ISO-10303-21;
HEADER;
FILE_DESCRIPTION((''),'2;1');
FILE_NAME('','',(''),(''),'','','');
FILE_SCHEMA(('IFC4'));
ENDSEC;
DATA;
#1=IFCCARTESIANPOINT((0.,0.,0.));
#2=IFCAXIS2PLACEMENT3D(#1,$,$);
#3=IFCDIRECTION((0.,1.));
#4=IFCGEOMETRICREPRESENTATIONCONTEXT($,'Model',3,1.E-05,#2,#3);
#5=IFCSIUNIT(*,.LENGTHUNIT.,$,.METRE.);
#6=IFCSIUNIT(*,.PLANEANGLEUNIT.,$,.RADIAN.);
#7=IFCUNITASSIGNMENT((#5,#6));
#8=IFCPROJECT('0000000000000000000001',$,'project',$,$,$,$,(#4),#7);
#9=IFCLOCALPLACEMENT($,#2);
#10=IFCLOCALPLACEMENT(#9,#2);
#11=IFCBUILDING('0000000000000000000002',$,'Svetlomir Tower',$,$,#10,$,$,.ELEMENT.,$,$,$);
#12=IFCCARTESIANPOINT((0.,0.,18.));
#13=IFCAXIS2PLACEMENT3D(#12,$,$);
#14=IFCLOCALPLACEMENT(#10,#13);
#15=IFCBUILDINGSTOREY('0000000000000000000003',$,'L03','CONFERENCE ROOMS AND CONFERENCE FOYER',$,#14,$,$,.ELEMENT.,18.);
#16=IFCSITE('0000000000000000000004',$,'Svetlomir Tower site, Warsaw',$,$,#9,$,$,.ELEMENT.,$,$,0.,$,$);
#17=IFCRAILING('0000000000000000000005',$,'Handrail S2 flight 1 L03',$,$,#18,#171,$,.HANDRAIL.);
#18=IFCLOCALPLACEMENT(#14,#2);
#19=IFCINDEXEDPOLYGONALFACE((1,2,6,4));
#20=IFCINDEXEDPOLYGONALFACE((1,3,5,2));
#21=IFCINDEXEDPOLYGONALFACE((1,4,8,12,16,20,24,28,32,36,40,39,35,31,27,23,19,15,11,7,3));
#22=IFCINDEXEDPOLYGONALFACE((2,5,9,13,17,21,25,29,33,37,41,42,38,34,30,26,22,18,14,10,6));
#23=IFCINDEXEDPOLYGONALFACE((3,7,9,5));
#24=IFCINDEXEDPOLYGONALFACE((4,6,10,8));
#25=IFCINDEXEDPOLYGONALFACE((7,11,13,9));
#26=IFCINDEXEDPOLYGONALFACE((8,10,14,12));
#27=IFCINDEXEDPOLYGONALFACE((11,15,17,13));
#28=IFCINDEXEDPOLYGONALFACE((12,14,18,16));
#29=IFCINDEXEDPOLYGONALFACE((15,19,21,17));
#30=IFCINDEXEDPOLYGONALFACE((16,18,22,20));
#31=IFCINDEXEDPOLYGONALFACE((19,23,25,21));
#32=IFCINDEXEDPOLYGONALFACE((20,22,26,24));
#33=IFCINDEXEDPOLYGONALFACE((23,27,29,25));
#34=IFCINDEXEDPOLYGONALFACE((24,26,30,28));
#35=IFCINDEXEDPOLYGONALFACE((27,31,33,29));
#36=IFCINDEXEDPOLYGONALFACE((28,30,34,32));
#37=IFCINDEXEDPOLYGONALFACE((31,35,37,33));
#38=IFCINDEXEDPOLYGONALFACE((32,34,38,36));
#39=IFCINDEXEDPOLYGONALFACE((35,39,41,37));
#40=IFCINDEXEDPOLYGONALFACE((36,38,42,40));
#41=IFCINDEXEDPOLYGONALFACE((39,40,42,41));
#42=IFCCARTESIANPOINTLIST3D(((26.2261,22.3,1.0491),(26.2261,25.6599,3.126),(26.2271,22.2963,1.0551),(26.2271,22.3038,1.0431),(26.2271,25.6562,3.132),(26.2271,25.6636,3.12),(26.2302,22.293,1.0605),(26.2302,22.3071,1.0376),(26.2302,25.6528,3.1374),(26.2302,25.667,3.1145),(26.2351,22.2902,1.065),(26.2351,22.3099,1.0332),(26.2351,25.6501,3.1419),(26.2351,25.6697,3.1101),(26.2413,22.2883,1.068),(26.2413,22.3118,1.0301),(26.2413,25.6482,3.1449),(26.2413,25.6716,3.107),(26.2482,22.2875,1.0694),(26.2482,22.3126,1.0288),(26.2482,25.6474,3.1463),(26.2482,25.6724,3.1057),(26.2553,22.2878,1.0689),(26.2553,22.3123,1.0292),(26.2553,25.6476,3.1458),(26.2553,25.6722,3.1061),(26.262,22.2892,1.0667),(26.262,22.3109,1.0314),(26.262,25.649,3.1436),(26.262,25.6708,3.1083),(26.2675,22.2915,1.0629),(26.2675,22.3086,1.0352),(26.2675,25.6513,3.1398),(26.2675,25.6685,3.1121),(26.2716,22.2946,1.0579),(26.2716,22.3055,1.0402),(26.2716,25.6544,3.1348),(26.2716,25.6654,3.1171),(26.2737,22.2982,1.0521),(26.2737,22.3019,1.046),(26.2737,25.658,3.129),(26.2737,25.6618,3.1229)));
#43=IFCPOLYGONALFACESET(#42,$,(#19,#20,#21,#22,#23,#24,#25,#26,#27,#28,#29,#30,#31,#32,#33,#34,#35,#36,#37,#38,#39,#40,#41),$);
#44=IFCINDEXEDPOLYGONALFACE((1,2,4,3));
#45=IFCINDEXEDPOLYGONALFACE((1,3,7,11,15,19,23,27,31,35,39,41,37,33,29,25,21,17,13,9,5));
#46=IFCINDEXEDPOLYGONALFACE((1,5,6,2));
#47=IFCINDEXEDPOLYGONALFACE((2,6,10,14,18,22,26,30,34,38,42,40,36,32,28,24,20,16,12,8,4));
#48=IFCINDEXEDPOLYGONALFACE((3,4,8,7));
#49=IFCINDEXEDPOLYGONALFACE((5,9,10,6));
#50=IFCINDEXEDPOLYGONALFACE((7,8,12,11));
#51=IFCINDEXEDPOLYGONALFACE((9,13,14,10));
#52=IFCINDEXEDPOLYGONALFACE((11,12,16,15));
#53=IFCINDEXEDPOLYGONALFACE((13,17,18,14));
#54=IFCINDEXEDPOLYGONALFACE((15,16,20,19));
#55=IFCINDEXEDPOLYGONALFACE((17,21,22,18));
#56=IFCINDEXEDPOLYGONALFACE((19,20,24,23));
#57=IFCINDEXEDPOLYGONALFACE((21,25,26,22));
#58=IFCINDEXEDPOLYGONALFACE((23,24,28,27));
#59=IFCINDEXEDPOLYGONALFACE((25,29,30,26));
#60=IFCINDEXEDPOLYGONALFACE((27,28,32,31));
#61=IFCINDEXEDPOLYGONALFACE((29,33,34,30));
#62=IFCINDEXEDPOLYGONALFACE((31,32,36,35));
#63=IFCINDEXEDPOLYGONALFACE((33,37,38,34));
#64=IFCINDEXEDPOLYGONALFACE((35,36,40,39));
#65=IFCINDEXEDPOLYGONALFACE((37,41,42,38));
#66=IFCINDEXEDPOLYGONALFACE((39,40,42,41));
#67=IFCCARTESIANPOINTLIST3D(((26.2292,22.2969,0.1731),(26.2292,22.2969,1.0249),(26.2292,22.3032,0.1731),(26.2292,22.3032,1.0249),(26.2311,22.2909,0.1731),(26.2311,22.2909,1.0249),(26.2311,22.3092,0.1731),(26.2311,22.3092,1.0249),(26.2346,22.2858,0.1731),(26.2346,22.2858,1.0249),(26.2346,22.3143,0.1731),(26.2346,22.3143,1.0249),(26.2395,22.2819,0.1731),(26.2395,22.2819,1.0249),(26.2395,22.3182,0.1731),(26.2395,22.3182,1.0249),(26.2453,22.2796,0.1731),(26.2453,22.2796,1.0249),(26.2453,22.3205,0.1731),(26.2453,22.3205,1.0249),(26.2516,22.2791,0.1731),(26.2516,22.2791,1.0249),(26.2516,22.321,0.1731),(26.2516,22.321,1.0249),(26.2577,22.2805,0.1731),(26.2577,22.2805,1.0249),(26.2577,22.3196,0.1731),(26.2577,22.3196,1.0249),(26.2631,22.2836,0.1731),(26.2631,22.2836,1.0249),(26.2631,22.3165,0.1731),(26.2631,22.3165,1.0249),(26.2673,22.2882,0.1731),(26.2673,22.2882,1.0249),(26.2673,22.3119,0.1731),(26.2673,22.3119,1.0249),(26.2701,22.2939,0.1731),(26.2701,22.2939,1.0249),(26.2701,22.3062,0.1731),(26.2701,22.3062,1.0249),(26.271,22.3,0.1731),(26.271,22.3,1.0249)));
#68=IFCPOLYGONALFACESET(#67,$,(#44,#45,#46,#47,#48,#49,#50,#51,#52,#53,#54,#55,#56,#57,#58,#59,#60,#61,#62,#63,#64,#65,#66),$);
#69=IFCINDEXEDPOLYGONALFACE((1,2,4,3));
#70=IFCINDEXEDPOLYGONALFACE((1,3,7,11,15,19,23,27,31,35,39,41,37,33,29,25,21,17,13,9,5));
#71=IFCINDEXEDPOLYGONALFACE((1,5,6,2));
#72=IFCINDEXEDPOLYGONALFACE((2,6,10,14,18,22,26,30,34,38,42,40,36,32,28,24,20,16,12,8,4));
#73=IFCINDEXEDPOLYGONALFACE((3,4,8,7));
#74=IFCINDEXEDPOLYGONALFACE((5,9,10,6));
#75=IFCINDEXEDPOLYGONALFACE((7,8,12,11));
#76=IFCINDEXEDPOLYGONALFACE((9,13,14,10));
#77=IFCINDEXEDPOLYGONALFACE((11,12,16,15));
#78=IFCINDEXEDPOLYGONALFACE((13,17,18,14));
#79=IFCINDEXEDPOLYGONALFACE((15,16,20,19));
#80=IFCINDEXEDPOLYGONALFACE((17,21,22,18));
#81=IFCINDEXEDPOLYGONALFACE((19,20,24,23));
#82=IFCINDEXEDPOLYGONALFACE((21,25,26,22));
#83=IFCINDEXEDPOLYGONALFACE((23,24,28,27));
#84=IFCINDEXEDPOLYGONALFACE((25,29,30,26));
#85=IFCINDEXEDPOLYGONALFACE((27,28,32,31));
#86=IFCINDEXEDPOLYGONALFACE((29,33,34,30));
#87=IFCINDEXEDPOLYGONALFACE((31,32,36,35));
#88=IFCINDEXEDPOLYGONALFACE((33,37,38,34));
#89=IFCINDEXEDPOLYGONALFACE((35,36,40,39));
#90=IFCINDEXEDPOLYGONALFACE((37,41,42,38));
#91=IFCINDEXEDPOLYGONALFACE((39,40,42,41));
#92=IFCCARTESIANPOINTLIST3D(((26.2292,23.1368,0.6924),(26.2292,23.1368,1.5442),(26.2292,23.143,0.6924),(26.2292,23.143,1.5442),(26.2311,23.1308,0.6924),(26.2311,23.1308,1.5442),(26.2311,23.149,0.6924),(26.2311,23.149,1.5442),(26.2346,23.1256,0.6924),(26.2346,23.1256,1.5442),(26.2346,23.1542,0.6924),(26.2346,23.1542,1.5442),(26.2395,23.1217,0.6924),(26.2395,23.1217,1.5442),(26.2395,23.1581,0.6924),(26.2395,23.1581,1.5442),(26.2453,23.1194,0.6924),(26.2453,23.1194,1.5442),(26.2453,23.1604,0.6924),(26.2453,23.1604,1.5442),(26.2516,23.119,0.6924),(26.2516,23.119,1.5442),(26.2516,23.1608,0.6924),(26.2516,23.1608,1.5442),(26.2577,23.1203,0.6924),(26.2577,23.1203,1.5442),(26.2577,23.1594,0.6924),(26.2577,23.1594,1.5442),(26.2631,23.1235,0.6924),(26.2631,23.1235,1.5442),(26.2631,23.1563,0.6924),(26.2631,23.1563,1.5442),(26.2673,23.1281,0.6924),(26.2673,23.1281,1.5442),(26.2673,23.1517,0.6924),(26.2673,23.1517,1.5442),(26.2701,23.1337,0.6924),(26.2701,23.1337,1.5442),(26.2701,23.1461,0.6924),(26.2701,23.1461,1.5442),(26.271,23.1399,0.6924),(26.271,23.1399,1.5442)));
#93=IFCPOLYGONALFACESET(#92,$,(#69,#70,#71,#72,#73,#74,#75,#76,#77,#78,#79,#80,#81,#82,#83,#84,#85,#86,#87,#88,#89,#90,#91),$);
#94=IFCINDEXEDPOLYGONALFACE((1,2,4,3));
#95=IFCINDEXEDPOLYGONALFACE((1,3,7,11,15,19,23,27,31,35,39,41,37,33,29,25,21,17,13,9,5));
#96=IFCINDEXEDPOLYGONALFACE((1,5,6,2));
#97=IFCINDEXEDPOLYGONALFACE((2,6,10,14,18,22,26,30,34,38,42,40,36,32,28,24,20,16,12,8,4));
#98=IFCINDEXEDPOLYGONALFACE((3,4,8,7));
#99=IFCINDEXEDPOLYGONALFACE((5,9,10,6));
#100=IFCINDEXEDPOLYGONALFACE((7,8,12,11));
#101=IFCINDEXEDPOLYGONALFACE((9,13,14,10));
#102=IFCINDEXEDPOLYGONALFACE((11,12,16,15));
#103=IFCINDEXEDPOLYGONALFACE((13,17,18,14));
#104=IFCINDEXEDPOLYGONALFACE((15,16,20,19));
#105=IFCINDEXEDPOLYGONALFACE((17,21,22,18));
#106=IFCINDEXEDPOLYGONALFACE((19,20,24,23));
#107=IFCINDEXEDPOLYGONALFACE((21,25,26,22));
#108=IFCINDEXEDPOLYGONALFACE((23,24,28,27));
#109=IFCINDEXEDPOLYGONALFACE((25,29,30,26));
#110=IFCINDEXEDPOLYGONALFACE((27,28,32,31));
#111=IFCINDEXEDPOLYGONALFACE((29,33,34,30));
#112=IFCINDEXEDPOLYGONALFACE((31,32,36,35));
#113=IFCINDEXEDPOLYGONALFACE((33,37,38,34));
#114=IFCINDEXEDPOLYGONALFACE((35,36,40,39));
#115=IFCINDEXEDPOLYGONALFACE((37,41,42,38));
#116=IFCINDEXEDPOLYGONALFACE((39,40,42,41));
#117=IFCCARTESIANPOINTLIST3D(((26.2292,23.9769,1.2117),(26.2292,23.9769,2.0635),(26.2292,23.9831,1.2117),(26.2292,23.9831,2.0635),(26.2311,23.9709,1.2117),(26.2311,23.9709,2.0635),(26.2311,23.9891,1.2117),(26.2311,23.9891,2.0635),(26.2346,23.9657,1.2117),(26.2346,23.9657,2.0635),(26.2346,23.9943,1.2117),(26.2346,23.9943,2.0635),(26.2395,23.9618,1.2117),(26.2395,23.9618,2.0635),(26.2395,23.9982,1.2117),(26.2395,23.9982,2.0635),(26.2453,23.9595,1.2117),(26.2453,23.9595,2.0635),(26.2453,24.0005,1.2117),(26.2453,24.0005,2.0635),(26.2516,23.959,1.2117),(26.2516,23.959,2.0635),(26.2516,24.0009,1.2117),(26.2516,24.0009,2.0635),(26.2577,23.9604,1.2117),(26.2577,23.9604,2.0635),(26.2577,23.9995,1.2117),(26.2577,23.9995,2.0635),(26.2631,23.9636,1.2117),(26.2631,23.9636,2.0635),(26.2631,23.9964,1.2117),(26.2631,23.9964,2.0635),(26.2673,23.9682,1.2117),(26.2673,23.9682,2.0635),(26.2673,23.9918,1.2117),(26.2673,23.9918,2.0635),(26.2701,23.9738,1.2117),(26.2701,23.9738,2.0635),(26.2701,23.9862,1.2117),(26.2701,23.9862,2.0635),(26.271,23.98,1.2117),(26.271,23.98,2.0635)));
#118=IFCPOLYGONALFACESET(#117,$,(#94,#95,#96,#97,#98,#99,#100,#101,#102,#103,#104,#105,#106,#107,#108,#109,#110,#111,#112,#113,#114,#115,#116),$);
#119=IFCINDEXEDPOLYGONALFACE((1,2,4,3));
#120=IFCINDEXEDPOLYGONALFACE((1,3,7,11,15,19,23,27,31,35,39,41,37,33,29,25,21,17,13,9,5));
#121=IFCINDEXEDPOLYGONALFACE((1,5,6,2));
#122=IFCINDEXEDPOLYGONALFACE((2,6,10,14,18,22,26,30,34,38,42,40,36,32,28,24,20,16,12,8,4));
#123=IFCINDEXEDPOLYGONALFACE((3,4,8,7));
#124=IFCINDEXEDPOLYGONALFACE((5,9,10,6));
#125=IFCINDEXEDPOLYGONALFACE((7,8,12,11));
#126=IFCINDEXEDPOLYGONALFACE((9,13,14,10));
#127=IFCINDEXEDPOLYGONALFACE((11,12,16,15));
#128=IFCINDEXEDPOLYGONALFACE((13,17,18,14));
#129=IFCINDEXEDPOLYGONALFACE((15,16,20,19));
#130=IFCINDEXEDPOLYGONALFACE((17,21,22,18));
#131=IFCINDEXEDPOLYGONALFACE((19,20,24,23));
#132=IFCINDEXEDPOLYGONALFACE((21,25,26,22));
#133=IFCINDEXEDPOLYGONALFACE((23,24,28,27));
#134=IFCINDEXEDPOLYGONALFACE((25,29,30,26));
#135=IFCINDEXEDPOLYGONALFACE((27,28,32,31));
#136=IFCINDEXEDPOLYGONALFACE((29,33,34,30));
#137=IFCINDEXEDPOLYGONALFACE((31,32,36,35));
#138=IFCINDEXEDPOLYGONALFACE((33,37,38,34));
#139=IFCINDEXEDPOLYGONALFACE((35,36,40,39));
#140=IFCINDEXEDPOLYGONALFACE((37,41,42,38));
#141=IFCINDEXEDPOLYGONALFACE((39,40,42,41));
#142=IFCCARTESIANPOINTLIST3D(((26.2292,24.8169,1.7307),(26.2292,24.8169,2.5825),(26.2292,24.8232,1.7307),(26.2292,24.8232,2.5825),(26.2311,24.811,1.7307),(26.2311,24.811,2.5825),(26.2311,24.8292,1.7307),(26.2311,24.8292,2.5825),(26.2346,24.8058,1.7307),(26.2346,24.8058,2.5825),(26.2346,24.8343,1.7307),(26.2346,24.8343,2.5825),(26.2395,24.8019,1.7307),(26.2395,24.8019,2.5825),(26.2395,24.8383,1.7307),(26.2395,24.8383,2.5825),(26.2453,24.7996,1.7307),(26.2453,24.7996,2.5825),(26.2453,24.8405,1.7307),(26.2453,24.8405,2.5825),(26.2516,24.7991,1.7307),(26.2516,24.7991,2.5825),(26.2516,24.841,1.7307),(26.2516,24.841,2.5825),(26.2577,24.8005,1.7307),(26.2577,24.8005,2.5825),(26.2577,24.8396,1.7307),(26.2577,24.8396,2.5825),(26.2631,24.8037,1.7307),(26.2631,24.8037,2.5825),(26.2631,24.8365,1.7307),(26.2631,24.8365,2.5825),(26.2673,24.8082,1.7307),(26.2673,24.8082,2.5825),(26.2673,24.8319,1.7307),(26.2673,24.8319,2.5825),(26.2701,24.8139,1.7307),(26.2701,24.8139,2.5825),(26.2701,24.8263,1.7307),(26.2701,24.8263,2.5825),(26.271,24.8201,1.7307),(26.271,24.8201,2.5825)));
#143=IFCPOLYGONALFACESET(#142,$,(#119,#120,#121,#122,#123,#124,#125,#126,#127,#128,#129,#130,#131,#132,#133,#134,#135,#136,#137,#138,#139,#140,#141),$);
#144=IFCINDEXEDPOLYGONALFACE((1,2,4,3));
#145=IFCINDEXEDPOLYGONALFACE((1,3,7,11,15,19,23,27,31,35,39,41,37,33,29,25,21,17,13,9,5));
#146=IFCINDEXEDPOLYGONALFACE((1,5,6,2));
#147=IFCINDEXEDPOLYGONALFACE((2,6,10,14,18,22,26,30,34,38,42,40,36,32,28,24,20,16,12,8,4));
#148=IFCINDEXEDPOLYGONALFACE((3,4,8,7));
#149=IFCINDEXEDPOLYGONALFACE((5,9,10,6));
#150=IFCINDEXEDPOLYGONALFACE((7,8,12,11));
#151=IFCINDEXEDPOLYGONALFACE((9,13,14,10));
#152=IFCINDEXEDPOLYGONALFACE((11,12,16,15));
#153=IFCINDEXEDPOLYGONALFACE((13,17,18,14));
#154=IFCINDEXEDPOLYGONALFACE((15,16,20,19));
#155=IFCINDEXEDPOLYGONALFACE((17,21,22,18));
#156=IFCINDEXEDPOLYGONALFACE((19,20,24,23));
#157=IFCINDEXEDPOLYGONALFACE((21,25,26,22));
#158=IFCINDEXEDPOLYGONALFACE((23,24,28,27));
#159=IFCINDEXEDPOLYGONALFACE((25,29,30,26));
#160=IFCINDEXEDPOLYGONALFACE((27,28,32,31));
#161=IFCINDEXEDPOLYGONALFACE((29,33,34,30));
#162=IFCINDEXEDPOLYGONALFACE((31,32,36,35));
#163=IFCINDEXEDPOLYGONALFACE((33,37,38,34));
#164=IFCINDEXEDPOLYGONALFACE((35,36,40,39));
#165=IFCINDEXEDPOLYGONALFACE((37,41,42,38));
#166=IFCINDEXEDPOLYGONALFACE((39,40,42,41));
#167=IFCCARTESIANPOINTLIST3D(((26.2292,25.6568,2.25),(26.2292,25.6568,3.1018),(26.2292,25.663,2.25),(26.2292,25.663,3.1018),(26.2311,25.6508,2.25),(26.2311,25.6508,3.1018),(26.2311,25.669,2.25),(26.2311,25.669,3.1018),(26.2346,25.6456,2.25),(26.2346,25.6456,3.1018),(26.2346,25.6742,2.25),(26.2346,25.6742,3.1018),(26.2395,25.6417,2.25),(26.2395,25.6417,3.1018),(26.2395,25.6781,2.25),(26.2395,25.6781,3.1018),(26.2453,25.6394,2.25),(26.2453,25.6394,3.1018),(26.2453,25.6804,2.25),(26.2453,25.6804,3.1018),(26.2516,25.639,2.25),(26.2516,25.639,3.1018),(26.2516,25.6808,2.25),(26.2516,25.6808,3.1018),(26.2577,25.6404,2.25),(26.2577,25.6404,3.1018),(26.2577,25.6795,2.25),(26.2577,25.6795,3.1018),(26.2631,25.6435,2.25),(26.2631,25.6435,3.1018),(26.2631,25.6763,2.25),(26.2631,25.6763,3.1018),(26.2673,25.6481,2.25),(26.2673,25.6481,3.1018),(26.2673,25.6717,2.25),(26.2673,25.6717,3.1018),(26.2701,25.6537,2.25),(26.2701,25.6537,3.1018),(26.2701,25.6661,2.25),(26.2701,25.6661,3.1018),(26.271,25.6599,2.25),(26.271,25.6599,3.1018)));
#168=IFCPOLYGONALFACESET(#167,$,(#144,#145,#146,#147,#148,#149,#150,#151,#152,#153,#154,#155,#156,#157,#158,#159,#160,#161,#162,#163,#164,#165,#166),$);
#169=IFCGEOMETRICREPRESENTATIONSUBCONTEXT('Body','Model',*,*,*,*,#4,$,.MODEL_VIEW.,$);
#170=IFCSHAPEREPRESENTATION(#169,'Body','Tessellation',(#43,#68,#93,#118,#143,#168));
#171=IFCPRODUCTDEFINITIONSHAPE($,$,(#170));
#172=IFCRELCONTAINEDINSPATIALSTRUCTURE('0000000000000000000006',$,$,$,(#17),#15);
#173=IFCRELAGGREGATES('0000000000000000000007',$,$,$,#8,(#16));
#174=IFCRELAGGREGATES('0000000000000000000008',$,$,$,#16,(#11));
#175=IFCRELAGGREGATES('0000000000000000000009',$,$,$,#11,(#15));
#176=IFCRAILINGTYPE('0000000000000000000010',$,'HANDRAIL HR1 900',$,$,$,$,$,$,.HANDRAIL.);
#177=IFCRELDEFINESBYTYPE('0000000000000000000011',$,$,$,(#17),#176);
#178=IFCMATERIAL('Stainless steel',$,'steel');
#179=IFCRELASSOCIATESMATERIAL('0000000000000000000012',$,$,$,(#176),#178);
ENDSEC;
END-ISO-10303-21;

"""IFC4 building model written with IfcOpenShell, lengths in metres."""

from ifc_helpers import new_model, si_unit, direction, frame, origin, origin_2d, place, context, subcontext, project, spatial, circle, extrude, material, type_object, element, save


model = new_model("IFC4")

# Units and contexts
model_context = context("Model", 3, precision=1e-05, world=origin(), true_north=direction((0.0, 1.0)))
body_context = subcontext(model_context, "Body", "Model", "MODEL_VIEW")
ifc_project = project(units=[si_unit("LENGTHUNIT", "METRE"), si_unit("PLANEANGLEUNIT", "RADIAN")], contexts=[model_context])

# Site, building, storey
site_placement = place(None, origin())
site = spatial("IfcSite", under=ifc_project, at=site_placement, Name="Svetlomir Tower site, Warsaw", CompositionType="ELEMENT", RefElevation=0.0)
building_placement = place(site_placement, origin())
building = spatial("IfcBuilding", under=site, at=building_placement, Name="Svetlomir Tower", CompositionType="ELEMENT")
storey_placement = place(building_placement, frame((0.0, 0.0, 18.0)))
storey = spatial("IfcBuildingStorey", under=building, at=storey_placement, Name="L03", Description="CONFERENCE ROOMS AND CONFERENCE FOYER", CompositionType="ELEMENT", Elevation=18.0)

# Railing
ifc_material_1 = material(Name="Stainless steel", Category="steel")
railing_type_1 = type_object("IfcRailingType", Name="HANDRAIL HR1 900", PredefinedType="HANDRAIL", material=ifc_material_1)
railing_1_placement = place(storey_placement, frame((26.25, 22.3, 0.1731)))
element("IfcRailing", 1, at=railing_1_placement, inside=storey, type_object=railing_type_1, Name="Handrail S2 flight 1 L03", PredefinedType="HANDRAIL", context=body_context, shape_type="SweptSolid", body=[
    extrude(circle(Radius=0.0239, at=origin_2d()), frame((0.0, 0.0, 0.876), z_axis=(0.0, 0.850606, 0.525803), x_axis=(-1.0, 0.0, 0.0)), (0.0, 0.0, 1.0), 3.95),
    extrude(circle(Radius=0.021, at=origin_2d()), origin(), (0.0, 0.0, 1.0), 0.8518),
    extrude(circle(Radius=0.021, at=origin_2d()), frame((0.0, 0.8398, 0.5193)), (0.0, 0.0, 1.0), 0.8518),
    extrude(circle(Radius=0.021, at=origin_2d()), frame((0.0, 1.6799, 1.0386)), (0.0, 0.0, 1.0), 0.8518),
    extrude(circle(Radius=0.021, at=origin_2d()), frame((0.0, 2.52, 1.5576)), (0.0, 0.0, 1.0), 0.8518),
    extrude(circle(Radius=0.021, at=origin_2d()), frame((0.0, 3.3599, 2.0769)), (0.0, 0.0, 1.0), 0.8518),
])

save(model, "model.ifc")
